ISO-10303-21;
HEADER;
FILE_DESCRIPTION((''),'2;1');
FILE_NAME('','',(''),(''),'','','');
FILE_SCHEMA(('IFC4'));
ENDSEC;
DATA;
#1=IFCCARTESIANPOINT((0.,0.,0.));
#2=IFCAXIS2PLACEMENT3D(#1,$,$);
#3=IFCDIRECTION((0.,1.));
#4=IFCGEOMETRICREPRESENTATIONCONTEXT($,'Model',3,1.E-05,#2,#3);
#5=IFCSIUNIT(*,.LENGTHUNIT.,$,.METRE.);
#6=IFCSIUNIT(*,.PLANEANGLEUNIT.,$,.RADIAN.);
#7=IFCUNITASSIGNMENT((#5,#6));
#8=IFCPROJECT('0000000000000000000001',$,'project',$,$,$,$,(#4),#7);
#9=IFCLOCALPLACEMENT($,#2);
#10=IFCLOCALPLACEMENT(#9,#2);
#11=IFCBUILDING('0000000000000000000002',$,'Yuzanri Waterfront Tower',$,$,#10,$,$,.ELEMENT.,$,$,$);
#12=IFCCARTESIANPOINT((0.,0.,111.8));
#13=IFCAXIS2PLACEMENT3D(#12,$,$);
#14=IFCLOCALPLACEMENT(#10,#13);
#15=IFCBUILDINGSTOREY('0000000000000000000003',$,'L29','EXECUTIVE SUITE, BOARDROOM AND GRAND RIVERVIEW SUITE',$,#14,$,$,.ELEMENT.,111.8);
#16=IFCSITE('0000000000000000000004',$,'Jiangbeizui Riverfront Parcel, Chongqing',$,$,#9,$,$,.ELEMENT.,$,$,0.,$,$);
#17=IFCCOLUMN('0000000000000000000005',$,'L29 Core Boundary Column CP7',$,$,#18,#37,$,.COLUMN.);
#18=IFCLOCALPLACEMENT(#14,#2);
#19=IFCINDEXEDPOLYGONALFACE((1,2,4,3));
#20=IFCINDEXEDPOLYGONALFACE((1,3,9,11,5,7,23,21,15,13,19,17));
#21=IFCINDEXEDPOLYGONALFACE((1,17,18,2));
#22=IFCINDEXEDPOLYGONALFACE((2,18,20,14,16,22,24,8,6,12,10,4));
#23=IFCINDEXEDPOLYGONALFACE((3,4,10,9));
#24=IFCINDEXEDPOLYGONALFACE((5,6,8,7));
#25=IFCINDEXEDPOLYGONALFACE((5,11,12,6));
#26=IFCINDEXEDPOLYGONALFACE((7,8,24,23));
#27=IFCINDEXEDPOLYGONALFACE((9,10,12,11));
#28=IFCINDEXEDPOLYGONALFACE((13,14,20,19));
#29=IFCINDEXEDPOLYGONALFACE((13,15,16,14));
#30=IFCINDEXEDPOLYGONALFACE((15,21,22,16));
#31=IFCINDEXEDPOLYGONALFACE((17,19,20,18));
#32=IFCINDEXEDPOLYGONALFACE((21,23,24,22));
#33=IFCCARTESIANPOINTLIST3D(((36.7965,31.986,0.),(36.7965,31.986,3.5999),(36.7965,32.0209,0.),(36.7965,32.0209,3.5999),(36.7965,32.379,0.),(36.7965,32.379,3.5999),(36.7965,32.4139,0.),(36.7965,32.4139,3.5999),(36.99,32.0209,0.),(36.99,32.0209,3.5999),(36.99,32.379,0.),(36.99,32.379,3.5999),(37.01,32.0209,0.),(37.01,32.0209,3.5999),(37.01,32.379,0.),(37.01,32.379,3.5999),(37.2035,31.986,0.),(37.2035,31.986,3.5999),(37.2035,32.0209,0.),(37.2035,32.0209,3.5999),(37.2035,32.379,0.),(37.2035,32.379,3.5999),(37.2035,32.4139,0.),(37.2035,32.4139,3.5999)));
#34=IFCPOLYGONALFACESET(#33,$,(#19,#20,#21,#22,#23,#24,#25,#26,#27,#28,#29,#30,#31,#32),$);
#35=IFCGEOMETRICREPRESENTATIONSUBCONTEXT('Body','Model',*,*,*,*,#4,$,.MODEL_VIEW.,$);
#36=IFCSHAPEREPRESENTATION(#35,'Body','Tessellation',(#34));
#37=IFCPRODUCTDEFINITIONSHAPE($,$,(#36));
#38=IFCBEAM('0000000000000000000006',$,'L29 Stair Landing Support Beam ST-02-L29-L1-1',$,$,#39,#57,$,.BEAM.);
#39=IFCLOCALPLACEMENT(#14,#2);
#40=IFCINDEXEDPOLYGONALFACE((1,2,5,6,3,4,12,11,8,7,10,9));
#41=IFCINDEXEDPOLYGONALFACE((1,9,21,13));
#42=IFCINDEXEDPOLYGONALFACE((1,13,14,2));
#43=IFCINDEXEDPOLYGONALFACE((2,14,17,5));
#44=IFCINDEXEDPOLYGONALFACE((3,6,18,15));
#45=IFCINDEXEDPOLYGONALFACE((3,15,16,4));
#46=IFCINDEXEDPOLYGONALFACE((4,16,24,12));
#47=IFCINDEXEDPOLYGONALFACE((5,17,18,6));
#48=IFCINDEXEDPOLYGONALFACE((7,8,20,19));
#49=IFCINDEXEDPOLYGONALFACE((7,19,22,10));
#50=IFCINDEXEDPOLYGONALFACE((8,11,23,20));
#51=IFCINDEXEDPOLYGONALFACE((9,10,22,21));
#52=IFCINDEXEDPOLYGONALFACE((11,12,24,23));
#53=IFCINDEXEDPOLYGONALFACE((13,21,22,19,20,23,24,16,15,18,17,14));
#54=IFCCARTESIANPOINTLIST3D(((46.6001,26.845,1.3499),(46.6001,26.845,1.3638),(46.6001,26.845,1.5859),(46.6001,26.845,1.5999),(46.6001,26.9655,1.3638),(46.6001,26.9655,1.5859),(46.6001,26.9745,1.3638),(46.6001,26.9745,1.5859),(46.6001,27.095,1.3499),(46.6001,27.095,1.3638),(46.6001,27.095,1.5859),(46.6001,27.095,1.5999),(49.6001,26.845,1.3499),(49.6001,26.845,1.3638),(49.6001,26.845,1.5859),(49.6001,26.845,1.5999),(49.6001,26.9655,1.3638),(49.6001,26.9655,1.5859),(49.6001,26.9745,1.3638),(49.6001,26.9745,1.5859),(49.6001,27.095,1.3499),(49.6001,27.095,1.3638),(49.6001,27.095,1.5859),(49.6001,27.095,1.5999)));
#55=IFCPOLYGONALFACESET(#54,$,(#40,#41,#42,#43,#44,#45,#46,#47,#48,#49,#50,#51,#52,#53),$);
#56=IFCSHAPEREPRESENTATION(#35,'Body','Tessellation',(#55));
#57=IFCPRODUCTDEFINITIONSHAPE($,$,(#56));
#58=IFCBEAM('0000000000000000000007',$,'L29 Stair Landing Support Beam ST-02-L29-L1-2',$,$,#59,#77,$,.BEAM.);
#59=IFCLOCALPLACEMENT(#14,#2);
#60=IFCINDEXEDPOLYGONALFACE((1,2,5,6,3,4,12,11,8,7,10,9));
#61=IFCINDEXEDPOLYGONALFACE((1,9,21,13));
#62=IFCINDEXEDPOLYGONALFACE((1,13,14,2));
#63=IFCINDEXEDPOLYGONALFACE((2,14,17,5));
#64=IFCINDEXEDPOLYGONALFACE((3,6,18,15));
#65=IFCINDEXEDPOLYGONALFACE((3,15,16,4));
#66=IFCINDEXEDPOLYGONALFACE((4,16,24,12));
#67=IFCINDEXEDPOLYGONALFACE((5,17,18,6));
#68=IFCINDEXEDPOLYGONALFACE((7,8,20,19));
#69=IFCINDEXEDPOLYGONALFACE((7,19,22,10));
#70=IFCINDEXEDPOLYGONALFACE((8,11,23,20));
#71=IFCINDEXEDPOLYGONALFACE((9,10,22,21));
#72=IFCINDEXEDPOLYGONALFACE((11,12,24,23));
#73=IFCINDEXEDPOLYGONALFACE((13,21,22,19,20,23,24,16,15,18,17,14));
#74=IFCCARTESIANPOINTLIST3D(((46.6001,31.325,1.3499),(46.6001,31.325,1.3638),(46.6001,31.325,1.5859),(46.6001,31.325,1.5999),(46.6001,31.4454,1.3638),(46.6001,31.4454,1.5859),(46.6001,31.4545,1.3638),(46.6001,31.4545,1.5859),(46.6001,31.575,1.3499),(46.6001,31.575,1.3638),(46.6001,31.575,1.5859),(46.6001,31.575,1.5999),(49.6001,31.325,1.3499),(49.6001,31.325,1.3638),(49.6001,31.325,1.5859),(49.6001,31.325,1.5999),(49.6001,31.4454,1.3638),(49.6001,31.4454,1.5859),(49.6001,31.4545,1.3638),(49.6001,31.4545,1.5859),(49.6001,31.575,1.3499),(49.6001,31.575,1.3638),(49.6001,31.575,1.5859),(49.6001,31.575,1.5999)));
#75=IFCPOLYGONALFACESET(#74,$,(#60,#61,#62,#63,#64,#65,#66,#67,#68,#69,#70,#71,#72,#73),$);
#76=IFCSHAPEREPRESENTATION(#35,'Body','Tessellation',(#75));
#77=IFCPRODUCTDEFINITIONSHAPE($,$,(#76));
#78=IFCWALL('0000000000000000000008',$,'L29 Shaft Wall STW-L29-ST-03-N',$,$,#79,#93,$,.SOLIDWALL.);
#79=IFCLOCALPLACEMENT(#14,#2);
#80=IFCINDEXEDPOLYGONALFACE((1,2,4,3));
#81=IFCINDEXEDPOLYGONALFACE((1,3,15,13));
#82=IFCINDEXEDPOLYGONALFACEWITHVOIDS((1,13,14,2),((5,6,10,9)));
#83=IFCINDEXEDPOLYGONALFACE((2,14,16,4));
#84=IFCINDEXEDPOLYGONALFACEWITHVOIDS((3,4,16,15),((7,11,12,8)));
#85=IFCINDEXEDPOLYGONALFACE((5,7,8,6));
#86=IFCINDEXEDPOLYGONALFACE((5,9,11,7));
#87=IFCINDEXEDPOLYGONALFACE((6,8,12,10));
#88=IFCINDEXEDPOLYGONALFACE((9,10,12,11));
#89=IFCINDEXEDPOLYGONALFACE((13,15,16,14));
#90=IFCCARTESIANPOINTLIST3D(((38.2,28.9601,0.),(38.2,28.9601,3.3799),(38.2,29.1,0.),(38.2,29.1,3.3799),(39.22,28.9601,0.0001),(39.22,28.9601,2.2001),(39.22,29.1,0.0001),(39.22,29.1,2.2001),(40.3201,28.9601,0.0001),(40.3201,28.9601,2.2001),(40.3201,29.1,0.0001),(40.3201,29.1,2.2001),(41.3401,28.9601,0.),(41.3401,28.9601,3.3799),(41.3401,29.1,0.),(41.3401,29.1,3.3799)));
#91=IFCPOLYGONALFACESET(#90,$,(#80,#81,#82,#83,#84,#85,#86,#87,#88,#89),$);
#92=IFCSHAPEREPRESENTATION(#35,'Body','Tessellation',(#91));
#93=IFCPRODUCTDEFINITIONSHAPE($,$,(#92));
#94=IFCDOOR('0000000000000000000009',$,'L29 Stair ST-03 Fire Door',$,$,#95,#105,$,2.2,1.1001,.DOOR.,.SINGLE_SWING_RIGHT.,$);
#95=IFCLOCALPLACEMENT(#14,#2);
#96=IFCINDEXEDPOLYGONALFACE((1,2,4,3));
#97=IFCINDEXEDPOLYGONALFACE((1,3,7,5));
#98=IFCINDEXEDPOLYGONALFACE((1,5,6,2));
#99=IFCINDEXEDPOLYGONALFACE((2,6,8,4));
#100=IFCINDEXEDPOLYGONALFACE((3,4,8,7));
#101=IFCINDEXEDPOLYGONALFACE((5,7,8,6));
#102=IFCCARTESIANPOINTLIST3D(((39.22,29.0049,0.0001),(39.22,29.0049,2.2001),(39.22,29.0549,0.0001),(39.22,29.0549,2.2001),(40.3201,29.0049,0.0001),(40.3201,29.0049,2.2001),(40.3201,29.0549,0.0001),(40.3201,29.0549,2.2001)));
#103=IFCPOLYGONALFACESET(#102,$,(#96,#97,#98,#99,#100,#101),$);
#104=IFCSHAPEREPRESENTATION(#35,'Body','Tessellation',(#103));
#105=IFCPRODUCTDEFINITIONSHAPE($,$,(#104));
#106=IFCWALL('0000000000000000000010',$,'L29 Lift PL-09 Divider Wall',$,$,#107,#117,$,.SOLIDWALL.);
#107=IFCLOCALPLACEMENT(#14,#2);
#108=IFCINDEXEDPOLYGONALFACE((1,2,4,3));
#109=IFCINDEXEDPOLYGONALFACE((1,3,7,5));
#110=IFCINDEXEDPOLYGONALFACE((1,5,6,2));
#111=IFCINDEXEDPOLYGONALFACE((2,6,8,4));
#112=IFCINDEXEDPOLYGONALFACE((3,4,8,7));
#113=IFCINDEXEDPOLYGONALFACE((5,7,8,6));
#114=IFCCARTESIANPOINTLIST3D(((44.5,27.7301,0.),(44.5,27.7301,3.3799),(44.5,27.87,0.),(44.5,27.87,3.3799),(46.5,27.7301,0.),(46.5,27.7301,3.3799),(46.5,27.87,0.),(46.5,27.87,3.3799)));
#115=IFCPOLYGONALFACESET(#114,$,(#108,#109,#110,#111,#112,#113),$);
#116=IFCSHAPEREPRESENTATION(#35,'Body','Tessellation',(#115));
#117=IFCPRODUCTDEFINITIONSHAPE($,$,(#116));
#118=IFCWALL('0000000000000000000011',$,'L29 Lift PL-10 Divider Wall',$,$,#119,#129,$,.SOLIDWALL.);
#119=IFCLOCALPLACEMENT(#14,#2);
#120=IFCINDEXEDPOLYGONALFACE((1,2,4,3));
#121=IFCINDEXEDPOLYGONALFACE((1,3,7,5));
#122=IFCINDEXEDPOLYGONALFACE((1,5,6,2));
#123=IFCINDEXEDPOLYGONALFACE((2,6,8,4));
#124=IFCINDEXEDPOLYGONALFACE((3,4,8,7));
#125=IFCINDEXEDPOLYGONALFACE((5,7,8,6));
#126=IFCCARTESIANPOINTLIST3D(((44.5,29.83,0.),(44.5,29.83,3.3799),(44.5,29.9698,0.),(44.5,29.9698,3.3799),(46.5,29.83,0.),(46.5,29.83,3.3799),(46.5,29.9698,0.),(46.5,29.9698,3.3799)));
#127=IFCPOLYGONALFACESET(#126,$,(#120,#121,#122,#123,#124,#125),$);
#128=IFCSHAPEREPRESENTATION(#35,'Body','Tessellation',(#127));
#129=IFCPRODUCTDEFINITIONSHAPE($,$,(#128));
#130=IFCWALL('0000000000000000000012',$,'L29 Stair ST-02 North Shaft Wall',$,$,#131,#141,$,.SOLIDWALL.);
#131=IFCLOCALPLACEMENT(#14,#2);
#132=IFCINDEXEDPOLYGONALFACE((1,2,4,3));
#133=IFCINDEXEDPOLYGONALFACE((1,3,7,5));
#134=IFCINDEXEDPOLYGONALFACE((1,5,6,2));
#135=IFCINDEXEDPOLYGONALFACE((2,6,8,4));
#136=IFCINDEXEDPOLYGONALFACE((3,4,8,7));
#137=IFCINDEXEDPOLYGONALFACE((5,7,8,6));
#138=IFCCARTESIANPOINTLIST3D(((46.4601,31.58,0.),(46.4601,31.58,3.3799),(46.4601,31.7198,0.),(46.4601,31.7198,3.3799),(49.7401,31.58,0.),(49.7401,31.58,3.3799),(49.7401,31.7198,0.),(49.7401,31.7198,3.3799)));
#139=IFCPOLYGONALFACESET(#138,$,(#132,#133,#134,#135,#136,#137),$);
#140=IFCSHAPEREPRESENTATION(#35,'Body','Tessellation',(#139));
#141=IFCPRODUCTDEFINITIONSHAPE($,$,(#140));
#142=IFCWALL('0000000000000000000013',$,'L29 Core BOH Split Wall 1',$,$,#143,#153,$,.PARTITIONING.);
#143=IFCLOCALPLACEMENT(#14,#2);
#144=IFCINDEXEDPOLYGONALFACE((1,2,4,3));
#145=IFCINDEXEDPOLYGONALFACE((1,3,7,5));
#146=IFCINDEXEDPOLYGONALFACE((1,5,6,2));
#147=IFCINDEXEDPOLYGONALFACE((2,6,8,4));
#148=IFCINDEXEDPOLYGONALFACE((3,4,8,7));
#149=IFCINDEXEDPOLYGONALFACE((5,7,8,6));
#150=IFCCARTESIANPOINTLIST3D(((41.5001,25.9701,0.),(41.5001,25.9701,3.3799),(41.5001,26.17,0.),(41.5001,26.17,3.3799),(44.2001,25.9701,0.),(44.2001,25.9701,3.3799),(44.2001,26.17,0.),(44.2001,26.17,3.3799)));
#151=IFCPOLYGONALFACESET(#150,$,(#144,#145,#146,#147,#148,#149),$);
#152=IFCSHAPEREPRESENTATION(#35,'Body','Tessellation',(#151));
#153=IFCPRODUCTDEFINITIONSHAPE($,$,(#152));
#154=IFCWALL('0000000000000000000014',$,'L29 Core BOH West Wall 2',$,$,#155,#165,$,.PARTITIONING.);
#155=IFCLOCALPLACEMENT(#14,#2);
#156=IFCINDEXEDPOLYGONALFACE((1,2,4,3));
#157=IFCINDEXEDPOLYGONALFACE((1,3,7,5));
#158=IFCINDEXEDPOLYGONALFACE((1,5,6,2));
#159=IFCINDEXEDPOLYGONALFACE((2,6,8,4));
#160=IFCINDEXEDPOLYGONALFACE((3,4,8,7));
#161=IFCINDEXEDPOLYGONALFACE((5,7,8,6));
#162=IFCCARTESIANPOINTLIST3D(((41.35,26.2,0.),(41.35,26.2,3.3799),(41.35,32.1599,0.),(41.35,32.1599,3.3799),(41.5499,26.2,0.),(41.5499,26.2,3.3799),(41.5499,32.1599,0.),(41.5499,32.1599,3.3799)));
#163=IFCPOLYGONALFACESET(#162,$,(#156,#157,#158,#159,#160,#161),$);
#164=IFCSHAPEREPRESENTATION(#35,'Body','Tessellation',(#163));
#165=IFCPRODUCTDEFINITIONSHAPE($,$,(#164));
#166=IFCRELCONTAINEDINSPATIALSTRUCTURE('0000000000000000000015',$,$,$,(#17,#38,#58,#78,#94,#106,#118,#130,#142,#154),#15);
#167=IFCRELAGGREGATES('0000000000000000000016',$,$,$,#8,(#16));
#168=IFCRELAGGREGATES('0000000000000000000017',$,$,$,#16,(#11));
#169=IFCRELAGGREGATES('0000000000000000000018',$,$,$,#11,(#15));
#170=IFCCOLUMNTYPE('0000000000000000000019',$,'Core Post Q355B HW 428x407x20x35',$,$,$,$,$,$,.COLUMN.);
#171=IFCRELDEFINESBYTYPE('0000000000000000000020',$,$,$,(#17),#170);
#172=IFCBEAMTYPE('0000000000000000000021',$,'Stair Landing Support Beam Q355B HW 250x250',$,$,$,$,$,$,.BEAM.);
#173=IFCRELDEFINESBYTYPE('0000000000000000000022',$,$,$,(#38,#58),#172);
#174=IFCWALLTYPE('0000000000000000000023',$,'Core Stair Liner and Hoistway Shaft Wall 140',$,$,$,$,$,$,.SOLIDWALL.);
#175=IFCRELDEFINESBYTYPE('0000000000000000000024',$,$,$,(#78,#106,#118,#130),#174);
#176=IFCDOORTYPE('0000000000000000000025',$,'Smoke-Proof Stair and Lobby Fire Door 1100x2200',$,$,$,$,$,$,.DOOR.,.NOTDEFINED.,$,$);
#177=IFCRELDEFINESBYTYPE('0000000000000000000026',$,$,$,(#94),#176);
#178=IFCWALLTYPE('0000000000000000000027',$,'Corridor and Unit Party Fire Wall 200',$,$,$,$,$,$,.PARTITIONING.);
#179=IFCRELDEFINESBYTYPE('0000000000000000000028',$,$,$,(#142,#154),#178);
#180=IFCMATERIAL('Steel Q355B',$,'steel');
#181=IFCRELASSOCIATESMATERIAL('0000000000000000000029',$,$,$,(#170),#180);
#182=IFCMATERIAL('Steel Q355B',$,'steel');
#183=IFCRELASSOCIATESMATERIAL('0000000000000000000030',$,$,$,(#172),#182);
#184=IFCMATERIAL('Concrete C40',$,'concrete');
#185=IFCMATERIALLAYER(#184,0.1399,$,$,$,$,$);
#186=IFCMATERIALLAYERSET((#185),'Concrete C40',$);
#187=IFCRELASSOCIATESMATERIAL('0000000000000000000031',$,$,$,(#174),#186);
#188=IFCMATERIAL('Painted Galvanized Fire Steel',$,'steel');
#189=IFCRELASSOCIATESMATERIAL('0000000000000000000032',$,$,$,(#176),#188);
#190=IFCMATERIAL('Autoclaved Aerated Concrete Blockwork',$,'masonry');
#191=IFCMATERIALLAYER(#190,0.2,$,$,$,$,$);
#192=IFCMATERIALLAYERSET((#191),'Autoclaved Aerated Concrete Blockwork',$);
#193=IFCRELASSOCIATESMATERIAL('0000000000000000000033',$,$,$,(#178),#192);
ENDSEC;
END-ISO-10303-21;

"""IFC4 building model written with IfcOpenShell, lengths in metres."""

from ifc_helpers import new_model, si_unit, direction, frame, frame_2d, origin, origin_2d, place, context, subcontext, project, spatial, rectangle, i_section, extrude, source, transform, mapped, material, layer, layer_set, material_profile, profile_set, type_object, element, fill, save


model = new_model("IFC4")

# Units and contexts
model_context = context("Model", 3, precision=1e-05, world=origin(), true_north=direction((0.0, 1.0)))
body_context = subcontext(model_context, "Body", "Model", "MODEL_VIEW")
ifc_project = project(units=[si_unit("LENGTHUNIT", "METRE"), si_unit("PLANEANGLEUNIT", "RADIAN")], contexts=[model_context])

# Site, building, storey
site_placement = place(None, origin())
site = spatial("IfcSite", under=ifc_project, at=site_placement, Name="Jiangbeizui Riverfront Parcel, Chongqing", CompositionType="ELEMENT", RefElevation=0.0)
building_placement = place(site_placement, origin())
building = spatial("IfcBuilding", under=site, at=building_placement, Name="Yuzanri Waterfront Tower", CompositionType="ELEMENT")
storey_placement = place(building_placement, frame((0.0, 0.0, 111.8)))
storey = spatial("IfcBuildingStorey", under=building, at=storey_placement, Name="L29", Description="EXECUTIVE SUITE, BOARDROOM AND GRAND RIVERVIEW SUITE", CompositionType="ELEMENT", Elevation=111.8)

# Column
ifc_material_1 = material(Name="Steel Q355B", Category="steel")
ifc_material_profile_1 = material_profile(ifc_material_1, i_section(OverallWidth=0.407, OverallDepth=0.428, WebThickness=0.02, FlangeThickness=0.0349, at=origin_2d()), Name="HW 428x407x20x35")
ifc_profile_set_1 = profile_set([ifc_material_profile_1], Name="Steel Q355B")
column_type = type_object("IfcColumnType", Name="Core Post Q355B HW 428x407x20x35", PredefinedType="COLUMN", material=ifc_profile_set_1)
shared_shape_1 = source(origin(), body_context, "Body", "SweptSolid", [
    extrude(i_section(OverallWidth=0.407, OverallDepth=0.428, WebThickness=0.02, FlangeThickness=0.0349, at=origin_2d()), origin(), (0.0, 0.0, 1.0), 3.5999),
])
column_placement = place(storey_placement, frame((37.0, 32.2, 0.0), z_axis=(0.0, 0.0, 1.0), x_axis=(1.0, 0.0, 0.0)))
element("IfcColumn", 1, at=column_placement, inside=storey, type_object=column_type, Name="L29 Core Boundary Column CP7", PredefinedType="COLUMN", context=body_context, shape_type="MappedRepresentation", body=[
    mapped(shared_shape_1, transform((0.0, 0.0, 0.0), scale=1.0)),
])

# Beams
ifc_material_2 = material(Name="Steel Q355B", Category="steel")
ifc_material_profile_2 = material_profile(ifc_material_2, i_section(OverallWidth=0.25, OverallDepth=0.25, WebThickness=0.009, FlangeThickness=0.0139, at=origin_2d()), Name="HW 250x250x9x14")
ifc_profile_set_2 = profile_set([ifc_material_profile_2], Name="Steel Q355B")
beam_type = type_object("IfcBeamType", Name="Stair Landing Support Beam Q355B HW 250x250", PredefinedType="BEAM", material=ifc_profile_set_2)
shared_shape_2 = source(origin(), body_context, "Body", "SweptSolid", [
    extrude(i_section(OverallWidth=0.25, OverallDepth=0.25, WebThickness=0.009, FlangeThickness=0.0139, at=origin_2d()), origin(), (0.0, 0.0, 1.0), 3.0),
])
for number, where, z_axis, x_axis, name in (
    (2, (46.6001, 26.97, 1.4749), (1.0, 0.0, 0.0), (0.0, 1.0, 0.0), "L29 Stair Landing Support Beam ST-02-L29-L1-1"),
    (3, (46.6001, 31.45, 1.4749), (1.0, 0.0, 0.0), (0.0, 1.0, 0.0), "L29 Stair Landing Support Beam ST-02-L29-L1-2"),
):
    element("IfcBeam", number, at=place(storey_placement, frame(where, z_axis=z_axis, x_axis=x_axis)), inside=storey, type_object=beam_type, Name=name, PredefinedType="BEAM", context=body_context, shape_type="MappedRepresentation", body=[
        mapped(shared_shape_2, transform((0.0, 0.0, 0.0), scale=1.0)),
    ])

# Wall, opening, door
ifc_material_3 = material(Name="Concrete C40", Category="concrete")
ifc_layer_1 = layer(ifc_material_3, 0.1399)
ifc_layer_set_1 = layer_set([ifc_layer_1], Name="Concrete C40")
wall_type_1 = type_object("IfcWallType", Name="Core Stair Liner and Hoistway Shaft Wall 140", PredefinedType="SOLIDWALL", material=ifc_layer_set_1)
wall_1_placement = place(storey_placement, frame((38.2, 29.03, 0.0), z_axis=(0.0, 0.0, 1.0), x_axis=(1.0, 0.0, 0.0)))
wall_1 = element("IfcWall", 4, at=wall_1_placement, inside=storey, type_object=wall_type_1, Name="L29 Shaft Wall STW-L29-ST-03-N", PredefinedType="SOLIDWALL", context=body_context, shape_type="SweptSolid", body=[
    extrude(rectangle(XDim=3.1401, YDim=0.1399, at=frame_2d((1.5701, 0.0))), origin(), (0.0, 0.0, 1.0), 3.3799),
])
opening_placement = place(wall_1_placement, frame((1.02, 0.0, 0.0)))
opening = element("IfcOpeningElement", 5, at=opening_placement, cuts=wall_1, PredefinedType="OPENING", context=body_context, shape_type="SweptSolid", body=[
    extrude(rectangle(XDim=1.1001, YDim=2.2, at=frame_2d((0.55, 1.1001))), frame((0.0, 0.085, 0.0), z_axis=(0.0, -1.0, 0.0), x_axis=(1.0, 0.0, 0.0)), (0.0, 0.0, 1.0), 0.1697),
])
ifc_material_4 = material(Name="Painted Galvanized Fire Steel", Category="steel")
door_type = type_object("IfcDoorType", Name="Smoke-Proof Stair and Lobby Fire Door 1100x2200", OperationType="NOTDEFINED", PredefinedType="DOOR", material=ifc_material_4)
shared_shape_3 = source(origin(), body_context, "Body", "SweptSolid", [
    extrude(rectangle(XDim=1.1001, YDim=2.2, at=frame_2d((0.55, 1.1001))), frame((0.0, 0.0249, 0.0), z_axis=(0.0, -1.0, 0.0), x_axis=(1.0, 0.0, 0.0)), (0.0, 0.0, 1.0), 0.05),
])
door_placement = place(opening_placement, origin())
door = element("IfcDoor", 6, at=door_placement, inside=storey, type_object=door_type, Name="L29 Stair ST-03 Fire Door", OperationType="SINGLE_SWING_RIGHT", OverallHeight=2.2, OverallWidth=1.1001, PredefinedType="DOOR", context=body_context, shape_type="MappedRepresentation", body=[
    mapped(shared_shape_3, transform((0.0, 0.0, 0.0), scale=1.0)),
])
fill(opening, door)

# Walls
shared_shape_4 = source(origin(), body_context, "Body", "SweptSolid", [
    extrude(rectangle(XDim=2.0, YDim=0.1399, at=frame_2d((1.0, 0.0))), origin(), (0.0, 0.0, 1.0), 3.3799),
])
for number, where, z_axis, x_axis, name in (
    (7, (44.5, 27.8, 0.0), (0.0, 0.0, 1.0), (1.0, 0.0, 0.0), "L29 Lift PL-09 Divider Wall"),
    (8, (44.5, 29.8999, 0.0), (0.0, 0.0, 1.0), (1.0, 0.0, 0.0), "L29 Lift PL-10 Divider Wall"),
):
    element("IfcWall", number, at=place(storey_placement, frame(where, z_axis=z_axis, x_axis=x_axis)), inside=storey, type_object=wall_type_1, Name=name, PredefinedType="SOLIDWALL", context=body_context, shape_type="MappedRepresentation", body=[
        mapped(shared_shape_4, transform((0.0, 0.0, 0.0), scale=1.0)),
    ])
shared_shape_5 = source(origin(), body_context, "Body", "SweptSolid", [
    extrude(rectangle(XDim=3.28, YDim=0.1399, at=frame_2d((1.6401, 0.0))), origin(), (0.0, 0.0, 1.0), 3.3799),
])
wall_2_placement = place(storey_placement, frame((46.46, 31.6499, 0.0), z_axis=(0.0, 0.0, 1.0), x_axis=(1.0, 0.0, 0.0)))
element("IfcWall", 9, at=wall_2_placement, inside=storey, type_object=wall_type_1, Name="L29 Stair ST-02 North Shaft Wall", PredefinedType="SOLIDWALL", context=body_context, shape_type="MappedRepresentation", body=[
    mapped(shared_shape_5, transform((0.0, 0.0, 0.0), scale=1.0)),
])
ifc_material_5 = material(Name="Autoclaved Aerated Concrete Blockwork", Category="masonry")
ifc_layer_2 = layer(ifc_material_5, 0.2)
ifc_layer_set_2 = layer_set([ifc_layer_2], Name="Autoclaved Aerated Concrete Blockwork")
wall_type_2 = type_object("IfcWallType", Name="Corridor and Unit Party Fire Wall 200", PredefinedType="PARTITIONING", material=ifc_layer_set_2)
shared_shape_6 = source(origin(), body_context, "Body", "SweptSolid", [
    extrude(rectangle(XDim=2.7, YDim=0.2, at=frame_2d((1.3501, 0.0))), origin(), (0.0, 0.0, 1.0), 3.3799),
])
wall_3_placement = place(storey_placement, frame((41.5, 26.0701, 0.0), z_axis=(0.0, 0.0, 1.0), x_axis=(1.0, 0.0, 0.0)))
element("IfcWall", 10, at=wall_3_placement, inside=storey, type_object=wall_type_2, Name="L29 Core BOH Split Wall 1", PredefinedType="PARTITIONING", context=body_context, shape_type="MappedRepresentation", body=[
    mapped(shared_shape_6, transform((0.0, 0.0, 0.0), scale=1.0)),
])
shared_shape_7 = source(origin(), body_context, "Body", "SweptSolid", [
    extrude(rectangle(XDim=5.96, YDim=0.2, at=frame_2d((2.98, 0.0))), origin(), (0.0, 0.0, 1.0), 3.3799),
])
wall_4_placement = place(storey_placement, frame((41.45, 26.2, 0.0), z_axis=(0.0, 0.0, 1.0), x_axis=(0.0, 1.0, 0.0)))
element("IfcWall", 11, at=wall_4_placement, inside=storey, type_object=wall_type_2, Name="L29 Core BOH West Wall 2", PredefinedType="PARTITIONING", context=body_context, shape_type="MappedRepresentation", body=[
    mapped(shared_shape_7, transform((0.0, 0.0, 0.0), scale=1.0)),
])

save(model, "model.ifc")
